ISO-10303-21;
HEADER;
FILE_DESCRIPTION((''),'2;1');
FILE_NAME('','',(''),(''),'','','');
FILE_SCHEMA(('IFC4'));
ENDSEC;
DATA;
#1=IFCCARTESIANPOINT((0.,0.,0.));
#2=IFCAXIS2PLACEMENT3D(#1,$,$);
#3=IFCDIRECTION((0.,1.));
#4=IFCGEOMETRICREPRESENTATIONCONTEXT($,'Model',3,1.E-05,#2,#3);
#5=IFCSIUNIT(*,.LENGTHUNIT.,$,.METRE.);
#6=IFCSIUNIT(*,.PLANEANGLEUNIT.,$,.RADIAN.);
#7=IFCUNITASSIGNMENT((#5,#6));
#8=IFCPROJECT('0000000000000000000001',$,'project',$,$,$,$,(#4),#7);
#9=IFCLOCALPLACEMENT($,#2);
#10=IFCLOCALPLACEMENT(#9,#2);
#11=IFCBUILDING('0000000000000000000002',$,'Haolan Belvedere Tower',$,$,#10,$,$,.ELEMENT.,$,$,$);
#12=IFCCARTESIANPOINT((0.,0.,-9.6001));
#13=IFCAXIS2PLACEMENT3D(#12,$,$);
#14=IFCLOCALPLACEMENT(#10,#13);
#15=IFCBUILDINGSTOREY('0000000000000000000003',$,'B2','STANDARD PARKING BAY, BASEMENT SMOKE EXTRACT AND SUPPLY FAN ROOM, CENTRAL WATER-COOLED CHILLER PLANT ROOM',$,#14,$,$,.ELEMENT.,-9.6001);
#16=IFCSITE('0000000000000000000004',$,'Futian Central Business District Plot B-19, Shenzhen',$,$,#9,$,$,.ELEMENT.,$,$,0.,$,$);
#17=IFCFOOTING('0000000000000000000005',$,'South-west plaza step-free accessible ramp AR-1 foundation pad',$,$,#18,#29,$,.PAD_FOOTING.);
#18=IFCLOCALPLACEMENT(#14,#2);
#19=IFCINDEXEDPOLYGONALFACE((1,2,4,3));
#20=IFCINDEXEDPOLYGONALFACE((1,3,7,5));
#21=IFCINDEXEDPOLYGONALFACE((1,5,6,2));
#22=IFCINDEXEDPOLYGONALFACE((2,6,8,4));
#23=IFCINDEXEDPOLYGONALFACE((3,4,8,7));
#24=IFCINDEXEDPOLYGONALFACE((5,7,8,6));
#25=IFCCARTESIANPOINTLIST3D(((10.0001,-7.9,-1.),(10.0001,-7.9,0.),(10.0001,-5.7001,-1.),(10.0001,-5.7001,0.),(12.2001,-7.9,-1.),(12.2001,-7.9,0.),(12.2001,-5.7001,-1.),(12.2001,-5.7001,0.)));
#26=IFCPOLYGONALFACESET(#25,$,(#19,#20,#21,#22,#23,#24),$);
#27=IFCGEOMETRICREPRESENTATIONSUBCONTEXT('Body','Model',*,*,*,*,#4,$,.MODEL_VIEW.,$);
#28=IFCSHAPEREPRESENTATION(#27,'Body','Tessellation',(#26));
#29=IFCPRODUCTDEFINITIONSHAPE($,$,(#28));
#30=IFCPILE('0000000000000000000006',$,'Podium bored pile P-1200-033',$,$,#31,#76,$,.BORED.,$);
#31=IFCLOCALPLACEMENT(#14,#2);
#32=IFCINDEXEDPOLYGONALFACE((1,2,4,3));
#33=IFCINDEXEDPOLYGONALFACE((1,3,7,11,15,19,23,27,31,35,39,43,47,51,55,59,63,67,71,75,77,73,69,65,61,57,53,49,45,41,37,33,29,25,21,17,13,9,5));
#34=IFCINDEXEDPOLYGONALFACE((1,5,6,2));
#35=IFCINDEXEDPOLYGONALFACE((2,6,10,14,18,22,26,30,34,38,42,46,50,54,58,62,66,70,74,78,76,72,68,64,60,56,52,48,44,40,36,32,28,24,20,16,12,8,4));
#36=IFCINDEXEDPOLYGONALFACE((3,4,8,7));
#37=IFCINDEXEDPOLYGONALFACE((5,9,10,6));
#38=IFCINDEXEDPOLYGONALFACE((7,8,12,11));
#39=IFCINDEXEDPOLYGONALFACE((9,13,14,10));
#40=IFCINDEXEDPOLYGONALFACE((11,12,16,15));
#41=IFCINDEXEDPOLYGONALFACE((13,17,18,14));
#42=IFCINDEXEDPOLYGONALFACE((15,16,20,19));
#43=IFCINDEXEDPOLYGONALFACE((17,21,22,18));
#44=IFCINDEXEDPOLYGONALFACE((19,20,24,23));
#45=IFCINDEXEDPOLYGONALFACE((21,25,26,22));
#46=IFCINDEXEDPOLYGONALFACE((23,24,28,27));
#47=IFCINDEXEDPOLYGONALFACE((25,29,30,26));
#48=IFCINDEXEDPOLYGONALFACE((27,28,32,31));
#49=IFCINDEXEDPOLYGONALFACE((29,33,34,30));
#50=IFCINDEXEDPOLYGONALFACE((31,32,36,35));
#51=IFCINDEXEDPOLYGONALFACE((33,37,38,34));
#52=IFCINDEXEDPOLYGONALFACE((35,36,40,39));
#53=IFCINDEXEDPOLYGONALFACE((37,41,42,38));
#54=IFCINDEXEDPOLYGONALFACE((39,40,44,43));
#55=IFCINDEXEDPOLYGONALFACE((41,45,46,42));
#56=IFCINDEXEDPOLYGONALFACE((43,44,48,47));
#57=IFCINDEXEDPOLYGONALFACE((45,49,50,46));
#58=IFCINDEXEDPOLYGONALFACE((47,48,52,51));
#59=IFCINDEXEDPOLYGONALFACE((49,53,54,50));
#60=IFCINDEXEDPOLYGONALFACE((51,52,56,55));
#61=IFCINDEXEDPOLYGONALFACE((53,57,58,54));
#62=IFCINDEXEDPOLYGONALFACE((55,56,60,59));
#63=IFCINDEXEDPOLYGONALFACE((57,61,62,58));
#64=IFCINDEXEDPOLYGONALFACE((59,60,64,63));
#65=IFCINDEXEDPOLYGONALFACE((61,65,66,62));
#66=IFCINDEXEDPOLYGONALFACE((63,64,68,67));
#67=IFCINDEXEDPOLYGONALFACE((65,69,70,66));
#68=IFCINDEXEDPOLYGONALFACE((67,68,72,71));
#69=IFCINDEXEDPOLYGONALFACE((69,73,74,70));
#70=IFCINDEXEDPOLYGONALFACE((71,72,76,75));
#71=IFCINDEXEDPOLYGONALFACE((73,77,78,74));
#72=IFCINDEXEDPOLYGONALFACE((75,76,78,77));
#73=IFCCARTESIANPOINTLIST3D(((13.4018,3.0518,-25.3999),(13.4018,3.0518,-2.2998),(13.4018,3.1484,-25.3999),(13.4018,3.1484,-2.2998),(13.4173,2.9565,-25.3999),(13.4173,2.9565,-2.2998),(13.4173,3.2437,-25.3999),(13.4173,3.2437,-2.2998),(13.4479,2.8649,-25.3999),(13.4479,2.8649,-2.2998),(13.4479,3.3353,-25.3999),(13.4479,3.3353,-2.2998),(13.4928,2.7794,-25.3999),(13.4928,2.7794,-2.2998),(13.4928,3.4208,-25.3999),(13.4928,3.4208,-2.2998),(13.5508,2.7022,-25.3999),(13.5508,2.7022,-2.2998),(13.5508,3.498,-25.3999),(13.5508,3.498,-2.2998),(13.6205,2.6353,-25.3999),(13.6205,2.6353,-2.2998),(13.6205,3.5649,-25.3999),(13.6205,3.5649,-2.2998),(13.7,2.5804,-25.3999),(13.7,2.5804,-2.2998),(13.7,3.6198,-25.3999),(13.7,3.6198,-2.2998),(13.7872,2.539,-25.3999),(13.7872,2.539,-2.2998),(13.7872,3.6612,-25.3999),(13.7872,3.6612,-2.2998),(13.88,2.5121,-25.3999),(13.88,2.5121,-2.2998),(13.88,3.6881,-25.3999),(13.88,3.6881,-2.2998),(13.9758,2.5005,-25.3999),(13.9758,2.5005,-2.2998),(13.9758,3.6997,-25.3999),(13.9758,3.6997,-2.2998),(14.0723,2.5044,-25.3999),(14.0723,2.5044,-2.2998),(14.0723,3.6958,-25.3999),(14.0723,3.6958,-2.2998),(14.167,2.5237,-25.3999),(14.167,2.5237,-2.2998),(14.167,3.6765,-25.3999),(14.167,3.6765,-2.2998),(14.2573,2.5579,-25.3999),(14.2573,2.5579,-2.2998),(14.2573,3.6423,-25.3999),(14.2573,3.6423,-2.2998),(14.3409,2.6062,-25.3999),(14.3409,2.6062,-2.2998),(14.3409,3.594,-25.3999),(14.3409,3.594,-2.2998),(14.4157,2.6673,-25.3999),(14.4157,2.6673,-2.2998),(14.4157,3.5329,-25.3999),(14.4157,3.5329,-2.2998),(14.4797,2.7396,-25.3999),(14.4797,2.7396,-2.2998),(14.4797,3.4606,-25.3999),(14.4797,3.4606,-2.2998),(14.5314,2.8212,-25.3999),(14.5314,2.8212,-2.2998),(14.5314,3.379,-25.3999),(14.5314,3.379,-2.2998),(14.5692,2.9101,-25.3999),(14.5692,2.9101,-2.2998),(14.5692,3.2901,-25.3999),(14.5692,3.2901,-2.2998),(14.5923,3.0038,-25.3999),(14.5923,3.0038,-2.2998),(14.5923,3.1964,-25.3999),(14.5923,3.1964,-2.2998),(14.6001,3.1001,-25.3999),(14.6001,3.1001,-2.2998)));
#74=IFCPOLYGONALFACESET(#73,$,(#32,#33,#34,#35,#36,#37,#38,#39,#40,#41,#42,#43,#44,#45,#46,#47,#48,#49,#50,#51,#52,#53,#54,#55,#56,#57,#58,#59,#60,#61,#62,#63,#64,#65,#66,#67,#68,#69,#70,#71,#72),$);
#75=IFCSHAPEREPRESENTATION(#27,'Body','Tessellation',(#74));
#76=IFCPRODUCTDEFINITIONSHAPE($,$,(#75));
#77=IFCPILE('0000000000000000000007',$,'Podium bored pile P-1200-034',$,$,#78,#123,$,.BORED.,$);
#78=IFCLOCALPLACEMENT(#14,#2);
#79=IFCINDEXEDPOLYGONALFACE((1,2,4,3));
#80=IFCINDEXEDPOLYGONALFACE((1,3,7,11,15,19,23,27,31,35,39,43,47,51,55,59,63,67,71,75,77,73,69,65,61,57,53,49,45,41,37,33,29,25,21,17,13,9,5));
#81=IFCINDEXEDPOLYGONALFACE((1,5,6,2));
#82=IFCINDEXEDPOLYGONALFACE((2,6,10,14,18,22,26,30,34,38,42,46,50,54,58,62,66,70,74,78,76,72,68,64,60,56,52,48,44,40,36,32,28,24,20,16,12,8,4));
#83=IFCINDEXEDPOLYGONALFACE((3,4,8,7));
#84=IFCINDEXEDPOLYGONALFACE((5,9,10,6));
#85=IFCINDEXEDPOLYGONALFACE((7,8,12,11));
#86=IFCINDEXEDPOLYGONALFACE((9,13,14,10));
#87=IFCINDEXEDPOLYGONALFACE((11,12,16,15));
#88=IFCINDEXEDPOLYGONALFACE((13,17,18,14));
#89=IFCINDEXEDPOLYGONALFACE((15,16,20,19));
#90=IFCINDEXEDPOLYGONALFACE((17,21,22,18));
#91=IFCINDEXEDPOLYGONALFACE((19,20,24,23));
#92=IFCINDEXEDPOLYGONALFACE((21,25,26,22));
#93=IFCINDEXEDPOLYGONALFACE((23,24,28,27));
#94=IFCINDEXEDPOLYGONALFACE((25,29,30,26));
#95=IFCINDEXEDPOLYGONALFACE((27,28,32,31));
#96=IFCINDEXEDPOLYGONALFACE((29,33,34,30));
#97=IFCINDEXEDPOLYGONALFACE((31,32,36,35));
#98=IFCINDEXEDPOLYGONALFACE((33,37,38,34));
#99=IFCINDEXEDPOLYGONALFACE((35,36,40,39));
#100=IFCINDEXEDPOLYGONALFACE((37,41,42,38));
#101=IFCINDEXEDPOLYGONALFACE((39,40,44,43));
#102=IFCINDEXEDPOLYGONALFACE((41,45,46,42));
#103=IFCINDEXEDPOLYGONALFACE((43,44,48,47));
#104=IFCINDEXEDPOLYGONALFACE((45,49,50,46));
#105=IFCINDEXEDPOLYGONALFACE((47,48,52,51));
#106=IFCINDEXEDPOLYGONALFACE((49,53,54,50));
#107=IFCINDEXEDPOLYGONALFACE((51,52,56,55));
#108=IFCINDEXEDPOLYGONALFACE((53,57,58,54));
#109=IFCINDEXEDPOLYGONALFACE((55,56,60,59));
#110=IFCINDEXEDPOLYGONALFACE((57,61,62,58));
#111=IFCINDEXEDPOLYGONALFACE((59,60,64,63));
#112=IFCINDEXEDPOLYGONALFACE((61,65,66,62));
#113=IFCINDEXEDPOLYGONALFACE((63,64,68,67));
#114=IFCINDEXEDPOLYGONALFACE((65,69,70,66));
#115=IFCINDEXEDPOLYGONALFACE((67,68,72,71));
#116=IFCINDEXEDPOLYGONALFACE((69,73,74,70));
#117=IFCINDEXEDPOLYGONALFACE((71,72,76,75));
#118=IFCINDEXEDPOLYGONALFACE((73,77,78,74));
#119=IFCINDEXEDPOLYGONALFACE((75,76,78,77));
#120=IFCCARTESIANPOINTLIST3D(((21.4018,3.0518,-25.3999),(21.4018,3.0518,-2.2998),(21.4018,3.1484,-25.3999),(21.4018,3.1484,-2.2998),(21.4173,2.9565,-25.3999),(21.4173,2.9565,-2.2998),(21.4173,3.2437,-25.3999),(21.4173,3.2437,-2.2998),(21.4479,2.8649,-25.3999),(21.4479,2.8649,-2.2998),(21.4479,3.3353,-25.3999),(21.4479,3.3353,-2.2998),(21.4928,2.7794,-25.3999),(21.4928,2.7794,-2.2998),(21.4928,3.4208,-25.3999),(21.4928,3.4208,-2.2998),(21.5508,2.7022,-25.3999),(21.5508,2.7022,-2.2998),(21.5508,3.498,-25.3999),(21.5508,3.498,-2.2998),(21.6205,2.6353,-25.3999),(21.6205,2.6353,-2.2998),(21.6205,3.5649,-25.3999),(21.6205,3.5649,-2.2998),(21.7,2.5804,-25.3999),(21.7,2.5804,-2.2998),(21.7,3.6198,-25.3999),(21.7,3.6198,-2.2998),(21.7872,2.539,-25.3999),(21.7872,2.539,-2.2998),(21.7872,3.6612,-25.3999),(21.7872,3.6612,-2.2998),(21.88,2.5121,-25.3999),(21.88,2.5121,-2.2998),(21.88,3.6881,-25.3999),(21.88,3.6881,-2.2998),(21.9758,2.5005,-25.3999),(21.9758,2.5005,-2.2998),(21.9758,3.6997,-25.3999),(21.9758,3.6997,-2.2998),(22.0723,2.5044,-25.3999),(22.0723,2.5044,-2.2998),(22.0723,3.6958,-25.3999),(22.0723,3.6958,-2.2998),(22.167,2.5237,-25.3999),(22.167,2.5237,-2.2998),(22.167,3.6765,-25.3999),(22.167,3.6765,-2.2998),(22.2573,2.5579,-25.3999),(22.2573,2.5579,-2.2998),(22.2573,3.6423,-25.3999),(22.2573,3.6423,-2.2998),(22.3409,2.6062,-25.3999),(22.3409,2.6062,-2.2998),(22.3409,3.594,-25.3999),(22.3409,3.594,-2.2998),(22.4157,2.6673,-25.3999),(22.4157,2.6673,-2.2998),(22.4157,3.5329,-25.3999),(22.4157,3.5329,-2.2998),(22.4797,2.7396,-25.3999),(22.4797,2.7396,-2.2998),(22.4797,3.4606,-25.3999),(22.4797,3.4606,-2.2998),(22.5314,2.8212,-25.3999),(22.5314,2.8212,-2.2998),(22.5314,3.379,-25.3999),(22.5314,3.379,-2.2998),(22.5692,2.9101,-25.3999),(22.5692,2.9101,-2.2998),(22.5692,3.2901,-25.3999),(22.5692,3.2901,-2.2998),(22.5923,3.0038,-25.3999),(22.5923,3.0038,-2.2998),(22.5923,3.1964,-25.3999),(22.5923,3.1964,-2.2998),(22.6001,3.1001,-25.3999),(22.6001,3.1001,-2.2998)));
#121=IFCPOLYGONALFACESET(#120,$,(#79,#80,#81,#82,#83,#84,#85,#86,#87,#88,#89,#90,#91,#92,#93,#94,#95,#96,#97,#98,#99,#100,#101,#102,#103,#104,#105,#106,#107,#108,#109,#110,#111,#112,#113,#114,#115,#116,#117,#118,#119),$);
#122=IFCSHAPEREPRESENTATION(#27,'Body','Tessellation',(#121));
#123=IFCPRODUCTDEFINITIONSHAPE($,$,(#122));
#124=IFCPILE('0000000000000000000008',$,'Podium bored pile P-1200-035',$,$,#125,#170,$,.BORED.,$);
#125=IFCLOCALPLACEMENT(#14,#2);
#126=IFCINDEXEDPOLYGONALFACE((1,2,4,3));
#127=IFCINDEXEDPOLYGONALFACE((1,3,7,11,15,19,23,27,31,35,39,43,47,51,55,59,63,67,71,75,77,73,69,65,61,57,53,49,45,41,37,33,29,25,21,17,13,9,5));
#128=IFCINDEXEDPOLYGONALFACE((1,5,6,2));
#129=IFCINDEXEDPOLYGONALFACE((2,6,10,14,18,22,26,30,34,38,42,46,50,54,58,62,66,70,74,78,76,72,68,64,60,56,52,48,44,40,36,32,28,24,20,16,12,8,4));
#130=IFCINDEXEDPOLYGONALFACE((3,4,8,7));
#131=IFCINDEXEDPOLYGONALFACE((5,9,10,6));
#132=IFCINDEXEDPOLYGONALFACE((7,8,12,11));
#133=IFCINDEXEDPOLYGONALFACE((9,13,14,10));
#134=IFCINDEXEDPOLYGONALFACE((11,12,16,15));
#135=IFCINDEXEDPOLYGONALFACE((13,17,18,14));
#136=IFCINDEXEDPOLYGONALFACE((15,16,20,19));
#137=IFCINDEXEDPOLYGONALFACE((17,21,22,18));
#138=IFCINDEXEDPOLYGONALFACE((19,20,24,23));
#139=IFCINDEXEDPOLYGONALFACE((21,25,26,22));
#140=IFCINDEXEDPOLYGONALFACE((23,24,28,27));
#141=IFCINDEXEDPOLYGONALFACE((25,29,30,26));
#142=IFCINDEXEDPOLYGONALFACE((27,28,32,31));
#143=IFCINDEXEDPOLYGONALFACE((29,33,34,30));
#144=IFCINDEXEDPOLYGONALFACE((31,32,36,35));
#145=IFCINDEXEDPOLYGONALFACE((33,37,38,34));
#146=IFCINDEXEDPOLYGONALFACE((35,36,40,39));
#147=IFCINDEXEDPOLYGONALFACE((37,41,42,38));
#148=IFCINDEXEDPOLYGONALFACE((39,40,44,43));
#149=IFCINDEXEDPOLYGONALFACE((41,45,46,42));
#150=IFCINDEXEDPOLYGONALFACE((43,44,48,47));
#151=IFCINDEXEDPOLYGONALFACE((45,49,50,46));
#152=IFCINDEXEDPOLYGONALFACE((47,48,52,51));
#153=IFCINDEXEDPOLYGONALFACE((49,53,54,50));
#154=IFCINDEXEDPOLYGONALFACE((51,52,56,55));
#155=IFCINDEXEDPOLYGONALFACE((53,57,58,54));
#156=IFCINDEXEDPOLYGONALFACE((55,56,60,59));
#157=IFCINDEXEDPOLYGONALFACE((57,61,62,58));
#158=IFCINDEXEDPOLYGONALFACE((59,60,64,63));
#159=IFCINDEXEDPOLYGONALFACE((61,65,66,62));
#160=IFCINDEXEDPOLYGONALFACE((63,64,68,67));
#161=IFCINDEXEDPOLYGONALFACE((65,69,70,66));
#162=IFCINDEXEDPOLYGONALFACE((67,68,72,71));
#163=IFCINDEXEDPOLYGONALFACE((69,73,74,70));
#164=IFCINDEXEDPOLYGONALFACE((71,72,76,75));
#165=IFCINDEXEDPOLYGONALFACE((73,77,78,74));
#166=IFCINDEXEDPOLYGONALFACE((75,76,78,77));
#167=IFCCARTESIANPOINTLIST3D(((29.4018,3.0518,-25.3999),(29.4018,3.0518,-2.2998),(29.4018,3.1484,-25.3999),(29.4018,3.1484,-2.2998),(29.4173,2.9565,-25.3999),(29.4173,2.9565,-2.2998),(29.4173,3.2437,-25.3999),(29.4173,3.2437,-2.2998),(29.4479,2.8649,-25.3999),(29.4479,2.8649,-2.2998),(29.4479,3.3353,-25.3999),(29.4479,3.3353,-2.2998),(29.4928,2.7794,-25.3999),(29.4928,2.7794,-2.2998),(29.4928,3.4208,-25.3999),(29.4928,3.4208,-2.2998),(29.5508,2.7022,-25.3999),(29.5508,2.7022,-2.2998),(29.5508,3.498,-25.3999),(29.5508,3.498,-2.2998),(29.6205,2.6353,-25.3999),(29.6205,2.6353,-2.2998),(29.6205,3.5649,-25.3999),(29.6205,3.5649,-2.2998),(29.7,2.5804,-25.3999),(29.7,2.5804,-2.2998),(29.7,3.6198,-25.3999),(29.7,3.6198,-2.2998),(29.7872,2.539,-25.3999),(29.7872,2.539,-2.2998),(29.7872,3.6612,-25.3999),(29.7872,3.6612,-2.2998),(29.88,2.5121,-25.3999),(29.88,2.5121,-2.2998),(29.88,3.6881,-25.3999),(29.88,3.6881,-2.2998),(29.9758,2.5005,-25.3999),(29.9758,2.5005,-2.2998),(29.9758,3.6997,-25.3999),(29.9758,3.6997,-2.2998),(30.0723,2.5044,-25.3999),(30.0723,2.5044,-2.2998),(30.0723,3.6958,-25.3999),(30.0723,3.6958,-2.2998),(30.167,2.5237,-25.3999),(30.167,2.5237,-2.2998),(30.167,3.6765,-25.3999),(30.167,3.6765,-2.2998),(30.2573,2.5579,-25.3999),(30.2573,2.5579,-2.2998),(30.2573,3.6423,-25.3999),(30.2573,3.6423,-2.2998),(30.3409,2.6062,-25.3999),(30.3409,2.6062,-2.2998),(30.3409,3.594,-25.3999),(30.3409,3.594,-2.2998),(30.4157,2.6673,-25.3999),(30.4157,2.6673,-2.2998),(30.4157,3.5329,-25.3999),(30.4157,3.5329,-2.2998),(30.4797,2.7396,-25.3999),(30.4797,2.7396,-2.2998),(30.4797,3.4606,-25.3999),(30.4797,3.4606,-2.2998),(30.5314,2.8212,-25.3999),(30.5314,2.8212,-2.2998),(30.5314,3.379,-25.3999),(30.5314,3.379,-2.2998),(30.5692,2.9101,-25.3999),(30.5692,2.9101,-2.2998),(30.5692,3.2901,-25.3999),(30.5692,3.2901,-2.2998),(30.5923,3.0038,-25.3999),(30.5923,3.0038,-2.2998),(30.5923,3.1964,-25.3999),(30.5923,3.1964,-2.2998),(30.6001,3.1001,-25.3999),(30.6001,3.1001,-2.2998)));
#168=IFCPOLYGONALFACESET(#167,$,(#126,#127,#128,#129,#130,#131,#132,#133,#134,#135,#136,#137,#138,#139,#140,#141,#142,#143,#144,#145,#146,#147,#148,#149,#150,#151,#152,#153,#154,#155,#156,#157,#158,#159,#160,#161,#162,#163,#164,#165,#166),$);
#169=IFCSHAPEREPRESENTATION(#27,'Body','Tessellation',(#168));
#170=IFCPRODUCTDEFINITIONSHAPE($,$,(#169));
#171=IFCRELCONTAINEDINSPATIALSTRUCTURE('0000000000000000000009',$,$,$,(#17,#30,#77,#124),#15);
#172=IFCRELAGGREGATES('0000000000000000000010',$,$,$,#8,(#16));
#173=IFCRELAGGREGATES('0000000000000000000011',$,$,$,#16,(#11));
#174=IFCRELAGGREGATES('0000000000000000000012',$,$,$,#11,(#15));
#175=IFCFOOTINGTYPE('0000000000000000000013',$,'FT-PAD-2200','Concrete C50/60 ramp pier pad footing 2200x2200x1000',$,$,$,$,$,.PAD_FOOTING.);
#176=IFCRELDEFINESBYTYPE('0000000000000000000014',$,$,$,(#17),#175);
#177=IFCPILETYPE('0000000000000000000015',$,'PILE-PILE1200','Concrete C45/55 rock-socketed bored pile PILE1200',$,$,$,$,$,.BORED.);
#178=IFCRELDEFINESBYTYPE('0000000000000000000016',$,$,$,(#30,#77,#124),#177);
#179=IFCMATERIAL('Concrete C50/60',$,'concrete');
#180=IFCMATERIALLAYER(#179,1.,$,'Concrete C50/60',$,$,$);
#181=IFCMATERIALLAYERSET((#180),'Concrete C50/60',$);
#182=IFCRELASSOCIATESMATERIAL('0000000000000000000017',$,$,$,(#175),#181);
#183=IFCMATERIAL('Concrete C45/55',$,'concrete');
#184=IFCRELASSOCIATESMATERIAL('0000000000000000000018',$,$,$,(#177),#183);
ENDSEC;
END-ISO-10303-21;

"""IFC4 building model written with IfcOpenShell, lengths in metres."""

from ifc_helpers import new_model, si_unit, direction, frame, origin, origin_2d, place, context, subcontext, project, spatial, rectangle, circle, extrude, material, layer, layer_set, material_profile, profile_set, type_object, element, save


model = new_model("IFC4")

# Units and contexts
model_context = context("Model", 3, precision=1e-05, world=origin(), true_north=direction((0.0, 1.0)))
body_context = subcontext(model_context, "Body", "Model", "MODEL_VIEW")
ifc_project = project(units=[si_unit("LENGTHUNIT", "METRE"), si_unit("PLANEANGLEUNIT", "RADIAN")], contexts=[model_context])

# Site, building, storey
site_placement = place(None, origin())
site = spatial("IfcSite", under=ifc_project, at=site_placement, Name="Futian Central Business District Plot B-19, Shenzhen", CompositionType="ELEMENT", RefElevation=0.0)
building_placement = place(site_placement, origin())
building = spatial("IfcBuilding", under=site, at=building_placement, Name="Haolan Belvedere Tower", CompositionType="ELEMENT")
storey_placement = place(building_placement, frame((0.0, 0.0, -9.6001)))
storey = spatial("IfcBuildingStorey", under=building, at=storey_placement, Name="B2", Description="STANDARD PARKING BAY, BASEMENT SMOKE EXTRACT AND SUPPLY FAN ROOM, CENTRAL WATER-COOLED CHILLER PLANT ROOM", CompositionType="ELEMENT", Elevation=-9.6001)

# Footing
ifc_material_1 = material(Name="Concrete C50/60", Category="concrete")
ifc_layer_1 = layer(ifc_material_1, 1.0, Name="Concrete C50/60")
ifc_layer_set_1 = layer_set([ifc_layer_1], Name="Concrete C50/60")
footing_type = type_object("IfcFootingType", Name="FT-PAD-2200", Description="Concrete C50/60 ramp pier pad footing 2200x2200x1000", PredefinedType="PAD_FOOTING", material=ifc_layer_set_1)
footing_placement = place(storey_placement, frame((11.1001, -6.8, -1.0), z_axis=(0.0, 0.0, 1.0), x_axis=(1.0, 0.0, 0.0)))
element("IfcFooting", 1, at=footing_placement, inside=storey, type_object=footing_type, Name="South-west plaza step-free accessible ramp AR-1 foundation pad", PredefinedType="PAD_FOOTING", context=body_context, shape_type="SweptSolid", body=[
    extrude(rectangle(XDim=2.2, YDim=2.2, at=origin_2d()), origin(), (0.0, 0.0, 1.0), 1.0),
])

# Piles
ifc_material_2 = material(Name="Concrete C45/55", Category="concrete")
ifc_material_profile_1 = material_profile(ifc_material_2, circle(Radius=0.6001, at=origin_2d()), Name="Concrete C45/55")
ifc_profile_set_1 = profile_set([ifc_material_profile_1], Name="Concrete C45/55")
pile_type_1 = type_object("IfcPileType", Name="PILE-PILE1200", Description="Concrete C45/55 rock-socketed bored pile PILE1200", PredefinedType="BORED", material=ifc_profile_set_1)
for number, where, z_axis, x_axis, name in (
    (2, (14.0, 3.1001, -2.2998), (0.0, 0.0, -1.0), (1.0, 0.0, 0.0), "Podium bored pile P-1200-033"),
    (3, (22.0, 3.1001, -2.2998), (0.0, 0.0, -1.0), (1.0, 0.0, 0.0), "Podium bored pile P-1200-034"),
    (4, (30.0, 3.1001, -2.2998), (0.0, 0.0, -1.0), (1.0, 0.0, 0.0), "Podium bored pile P-1200-035"),
):
    element("IfcPile", number, at=place(storey_placement, frame(where, z_axis=z_axis, x_axis=x_axis)), inside=storey, type_object=pile_type_1, Name=name, PredefinedType="BORED", context=body_context, shape_type="SweptSolid", body=[
        extrude(circle(Radius=0.6001, at=origin_2d()), origin(), (0.0, 0.0, 1.0), 23.1001),
    ])

save(model, "model.ifc")
